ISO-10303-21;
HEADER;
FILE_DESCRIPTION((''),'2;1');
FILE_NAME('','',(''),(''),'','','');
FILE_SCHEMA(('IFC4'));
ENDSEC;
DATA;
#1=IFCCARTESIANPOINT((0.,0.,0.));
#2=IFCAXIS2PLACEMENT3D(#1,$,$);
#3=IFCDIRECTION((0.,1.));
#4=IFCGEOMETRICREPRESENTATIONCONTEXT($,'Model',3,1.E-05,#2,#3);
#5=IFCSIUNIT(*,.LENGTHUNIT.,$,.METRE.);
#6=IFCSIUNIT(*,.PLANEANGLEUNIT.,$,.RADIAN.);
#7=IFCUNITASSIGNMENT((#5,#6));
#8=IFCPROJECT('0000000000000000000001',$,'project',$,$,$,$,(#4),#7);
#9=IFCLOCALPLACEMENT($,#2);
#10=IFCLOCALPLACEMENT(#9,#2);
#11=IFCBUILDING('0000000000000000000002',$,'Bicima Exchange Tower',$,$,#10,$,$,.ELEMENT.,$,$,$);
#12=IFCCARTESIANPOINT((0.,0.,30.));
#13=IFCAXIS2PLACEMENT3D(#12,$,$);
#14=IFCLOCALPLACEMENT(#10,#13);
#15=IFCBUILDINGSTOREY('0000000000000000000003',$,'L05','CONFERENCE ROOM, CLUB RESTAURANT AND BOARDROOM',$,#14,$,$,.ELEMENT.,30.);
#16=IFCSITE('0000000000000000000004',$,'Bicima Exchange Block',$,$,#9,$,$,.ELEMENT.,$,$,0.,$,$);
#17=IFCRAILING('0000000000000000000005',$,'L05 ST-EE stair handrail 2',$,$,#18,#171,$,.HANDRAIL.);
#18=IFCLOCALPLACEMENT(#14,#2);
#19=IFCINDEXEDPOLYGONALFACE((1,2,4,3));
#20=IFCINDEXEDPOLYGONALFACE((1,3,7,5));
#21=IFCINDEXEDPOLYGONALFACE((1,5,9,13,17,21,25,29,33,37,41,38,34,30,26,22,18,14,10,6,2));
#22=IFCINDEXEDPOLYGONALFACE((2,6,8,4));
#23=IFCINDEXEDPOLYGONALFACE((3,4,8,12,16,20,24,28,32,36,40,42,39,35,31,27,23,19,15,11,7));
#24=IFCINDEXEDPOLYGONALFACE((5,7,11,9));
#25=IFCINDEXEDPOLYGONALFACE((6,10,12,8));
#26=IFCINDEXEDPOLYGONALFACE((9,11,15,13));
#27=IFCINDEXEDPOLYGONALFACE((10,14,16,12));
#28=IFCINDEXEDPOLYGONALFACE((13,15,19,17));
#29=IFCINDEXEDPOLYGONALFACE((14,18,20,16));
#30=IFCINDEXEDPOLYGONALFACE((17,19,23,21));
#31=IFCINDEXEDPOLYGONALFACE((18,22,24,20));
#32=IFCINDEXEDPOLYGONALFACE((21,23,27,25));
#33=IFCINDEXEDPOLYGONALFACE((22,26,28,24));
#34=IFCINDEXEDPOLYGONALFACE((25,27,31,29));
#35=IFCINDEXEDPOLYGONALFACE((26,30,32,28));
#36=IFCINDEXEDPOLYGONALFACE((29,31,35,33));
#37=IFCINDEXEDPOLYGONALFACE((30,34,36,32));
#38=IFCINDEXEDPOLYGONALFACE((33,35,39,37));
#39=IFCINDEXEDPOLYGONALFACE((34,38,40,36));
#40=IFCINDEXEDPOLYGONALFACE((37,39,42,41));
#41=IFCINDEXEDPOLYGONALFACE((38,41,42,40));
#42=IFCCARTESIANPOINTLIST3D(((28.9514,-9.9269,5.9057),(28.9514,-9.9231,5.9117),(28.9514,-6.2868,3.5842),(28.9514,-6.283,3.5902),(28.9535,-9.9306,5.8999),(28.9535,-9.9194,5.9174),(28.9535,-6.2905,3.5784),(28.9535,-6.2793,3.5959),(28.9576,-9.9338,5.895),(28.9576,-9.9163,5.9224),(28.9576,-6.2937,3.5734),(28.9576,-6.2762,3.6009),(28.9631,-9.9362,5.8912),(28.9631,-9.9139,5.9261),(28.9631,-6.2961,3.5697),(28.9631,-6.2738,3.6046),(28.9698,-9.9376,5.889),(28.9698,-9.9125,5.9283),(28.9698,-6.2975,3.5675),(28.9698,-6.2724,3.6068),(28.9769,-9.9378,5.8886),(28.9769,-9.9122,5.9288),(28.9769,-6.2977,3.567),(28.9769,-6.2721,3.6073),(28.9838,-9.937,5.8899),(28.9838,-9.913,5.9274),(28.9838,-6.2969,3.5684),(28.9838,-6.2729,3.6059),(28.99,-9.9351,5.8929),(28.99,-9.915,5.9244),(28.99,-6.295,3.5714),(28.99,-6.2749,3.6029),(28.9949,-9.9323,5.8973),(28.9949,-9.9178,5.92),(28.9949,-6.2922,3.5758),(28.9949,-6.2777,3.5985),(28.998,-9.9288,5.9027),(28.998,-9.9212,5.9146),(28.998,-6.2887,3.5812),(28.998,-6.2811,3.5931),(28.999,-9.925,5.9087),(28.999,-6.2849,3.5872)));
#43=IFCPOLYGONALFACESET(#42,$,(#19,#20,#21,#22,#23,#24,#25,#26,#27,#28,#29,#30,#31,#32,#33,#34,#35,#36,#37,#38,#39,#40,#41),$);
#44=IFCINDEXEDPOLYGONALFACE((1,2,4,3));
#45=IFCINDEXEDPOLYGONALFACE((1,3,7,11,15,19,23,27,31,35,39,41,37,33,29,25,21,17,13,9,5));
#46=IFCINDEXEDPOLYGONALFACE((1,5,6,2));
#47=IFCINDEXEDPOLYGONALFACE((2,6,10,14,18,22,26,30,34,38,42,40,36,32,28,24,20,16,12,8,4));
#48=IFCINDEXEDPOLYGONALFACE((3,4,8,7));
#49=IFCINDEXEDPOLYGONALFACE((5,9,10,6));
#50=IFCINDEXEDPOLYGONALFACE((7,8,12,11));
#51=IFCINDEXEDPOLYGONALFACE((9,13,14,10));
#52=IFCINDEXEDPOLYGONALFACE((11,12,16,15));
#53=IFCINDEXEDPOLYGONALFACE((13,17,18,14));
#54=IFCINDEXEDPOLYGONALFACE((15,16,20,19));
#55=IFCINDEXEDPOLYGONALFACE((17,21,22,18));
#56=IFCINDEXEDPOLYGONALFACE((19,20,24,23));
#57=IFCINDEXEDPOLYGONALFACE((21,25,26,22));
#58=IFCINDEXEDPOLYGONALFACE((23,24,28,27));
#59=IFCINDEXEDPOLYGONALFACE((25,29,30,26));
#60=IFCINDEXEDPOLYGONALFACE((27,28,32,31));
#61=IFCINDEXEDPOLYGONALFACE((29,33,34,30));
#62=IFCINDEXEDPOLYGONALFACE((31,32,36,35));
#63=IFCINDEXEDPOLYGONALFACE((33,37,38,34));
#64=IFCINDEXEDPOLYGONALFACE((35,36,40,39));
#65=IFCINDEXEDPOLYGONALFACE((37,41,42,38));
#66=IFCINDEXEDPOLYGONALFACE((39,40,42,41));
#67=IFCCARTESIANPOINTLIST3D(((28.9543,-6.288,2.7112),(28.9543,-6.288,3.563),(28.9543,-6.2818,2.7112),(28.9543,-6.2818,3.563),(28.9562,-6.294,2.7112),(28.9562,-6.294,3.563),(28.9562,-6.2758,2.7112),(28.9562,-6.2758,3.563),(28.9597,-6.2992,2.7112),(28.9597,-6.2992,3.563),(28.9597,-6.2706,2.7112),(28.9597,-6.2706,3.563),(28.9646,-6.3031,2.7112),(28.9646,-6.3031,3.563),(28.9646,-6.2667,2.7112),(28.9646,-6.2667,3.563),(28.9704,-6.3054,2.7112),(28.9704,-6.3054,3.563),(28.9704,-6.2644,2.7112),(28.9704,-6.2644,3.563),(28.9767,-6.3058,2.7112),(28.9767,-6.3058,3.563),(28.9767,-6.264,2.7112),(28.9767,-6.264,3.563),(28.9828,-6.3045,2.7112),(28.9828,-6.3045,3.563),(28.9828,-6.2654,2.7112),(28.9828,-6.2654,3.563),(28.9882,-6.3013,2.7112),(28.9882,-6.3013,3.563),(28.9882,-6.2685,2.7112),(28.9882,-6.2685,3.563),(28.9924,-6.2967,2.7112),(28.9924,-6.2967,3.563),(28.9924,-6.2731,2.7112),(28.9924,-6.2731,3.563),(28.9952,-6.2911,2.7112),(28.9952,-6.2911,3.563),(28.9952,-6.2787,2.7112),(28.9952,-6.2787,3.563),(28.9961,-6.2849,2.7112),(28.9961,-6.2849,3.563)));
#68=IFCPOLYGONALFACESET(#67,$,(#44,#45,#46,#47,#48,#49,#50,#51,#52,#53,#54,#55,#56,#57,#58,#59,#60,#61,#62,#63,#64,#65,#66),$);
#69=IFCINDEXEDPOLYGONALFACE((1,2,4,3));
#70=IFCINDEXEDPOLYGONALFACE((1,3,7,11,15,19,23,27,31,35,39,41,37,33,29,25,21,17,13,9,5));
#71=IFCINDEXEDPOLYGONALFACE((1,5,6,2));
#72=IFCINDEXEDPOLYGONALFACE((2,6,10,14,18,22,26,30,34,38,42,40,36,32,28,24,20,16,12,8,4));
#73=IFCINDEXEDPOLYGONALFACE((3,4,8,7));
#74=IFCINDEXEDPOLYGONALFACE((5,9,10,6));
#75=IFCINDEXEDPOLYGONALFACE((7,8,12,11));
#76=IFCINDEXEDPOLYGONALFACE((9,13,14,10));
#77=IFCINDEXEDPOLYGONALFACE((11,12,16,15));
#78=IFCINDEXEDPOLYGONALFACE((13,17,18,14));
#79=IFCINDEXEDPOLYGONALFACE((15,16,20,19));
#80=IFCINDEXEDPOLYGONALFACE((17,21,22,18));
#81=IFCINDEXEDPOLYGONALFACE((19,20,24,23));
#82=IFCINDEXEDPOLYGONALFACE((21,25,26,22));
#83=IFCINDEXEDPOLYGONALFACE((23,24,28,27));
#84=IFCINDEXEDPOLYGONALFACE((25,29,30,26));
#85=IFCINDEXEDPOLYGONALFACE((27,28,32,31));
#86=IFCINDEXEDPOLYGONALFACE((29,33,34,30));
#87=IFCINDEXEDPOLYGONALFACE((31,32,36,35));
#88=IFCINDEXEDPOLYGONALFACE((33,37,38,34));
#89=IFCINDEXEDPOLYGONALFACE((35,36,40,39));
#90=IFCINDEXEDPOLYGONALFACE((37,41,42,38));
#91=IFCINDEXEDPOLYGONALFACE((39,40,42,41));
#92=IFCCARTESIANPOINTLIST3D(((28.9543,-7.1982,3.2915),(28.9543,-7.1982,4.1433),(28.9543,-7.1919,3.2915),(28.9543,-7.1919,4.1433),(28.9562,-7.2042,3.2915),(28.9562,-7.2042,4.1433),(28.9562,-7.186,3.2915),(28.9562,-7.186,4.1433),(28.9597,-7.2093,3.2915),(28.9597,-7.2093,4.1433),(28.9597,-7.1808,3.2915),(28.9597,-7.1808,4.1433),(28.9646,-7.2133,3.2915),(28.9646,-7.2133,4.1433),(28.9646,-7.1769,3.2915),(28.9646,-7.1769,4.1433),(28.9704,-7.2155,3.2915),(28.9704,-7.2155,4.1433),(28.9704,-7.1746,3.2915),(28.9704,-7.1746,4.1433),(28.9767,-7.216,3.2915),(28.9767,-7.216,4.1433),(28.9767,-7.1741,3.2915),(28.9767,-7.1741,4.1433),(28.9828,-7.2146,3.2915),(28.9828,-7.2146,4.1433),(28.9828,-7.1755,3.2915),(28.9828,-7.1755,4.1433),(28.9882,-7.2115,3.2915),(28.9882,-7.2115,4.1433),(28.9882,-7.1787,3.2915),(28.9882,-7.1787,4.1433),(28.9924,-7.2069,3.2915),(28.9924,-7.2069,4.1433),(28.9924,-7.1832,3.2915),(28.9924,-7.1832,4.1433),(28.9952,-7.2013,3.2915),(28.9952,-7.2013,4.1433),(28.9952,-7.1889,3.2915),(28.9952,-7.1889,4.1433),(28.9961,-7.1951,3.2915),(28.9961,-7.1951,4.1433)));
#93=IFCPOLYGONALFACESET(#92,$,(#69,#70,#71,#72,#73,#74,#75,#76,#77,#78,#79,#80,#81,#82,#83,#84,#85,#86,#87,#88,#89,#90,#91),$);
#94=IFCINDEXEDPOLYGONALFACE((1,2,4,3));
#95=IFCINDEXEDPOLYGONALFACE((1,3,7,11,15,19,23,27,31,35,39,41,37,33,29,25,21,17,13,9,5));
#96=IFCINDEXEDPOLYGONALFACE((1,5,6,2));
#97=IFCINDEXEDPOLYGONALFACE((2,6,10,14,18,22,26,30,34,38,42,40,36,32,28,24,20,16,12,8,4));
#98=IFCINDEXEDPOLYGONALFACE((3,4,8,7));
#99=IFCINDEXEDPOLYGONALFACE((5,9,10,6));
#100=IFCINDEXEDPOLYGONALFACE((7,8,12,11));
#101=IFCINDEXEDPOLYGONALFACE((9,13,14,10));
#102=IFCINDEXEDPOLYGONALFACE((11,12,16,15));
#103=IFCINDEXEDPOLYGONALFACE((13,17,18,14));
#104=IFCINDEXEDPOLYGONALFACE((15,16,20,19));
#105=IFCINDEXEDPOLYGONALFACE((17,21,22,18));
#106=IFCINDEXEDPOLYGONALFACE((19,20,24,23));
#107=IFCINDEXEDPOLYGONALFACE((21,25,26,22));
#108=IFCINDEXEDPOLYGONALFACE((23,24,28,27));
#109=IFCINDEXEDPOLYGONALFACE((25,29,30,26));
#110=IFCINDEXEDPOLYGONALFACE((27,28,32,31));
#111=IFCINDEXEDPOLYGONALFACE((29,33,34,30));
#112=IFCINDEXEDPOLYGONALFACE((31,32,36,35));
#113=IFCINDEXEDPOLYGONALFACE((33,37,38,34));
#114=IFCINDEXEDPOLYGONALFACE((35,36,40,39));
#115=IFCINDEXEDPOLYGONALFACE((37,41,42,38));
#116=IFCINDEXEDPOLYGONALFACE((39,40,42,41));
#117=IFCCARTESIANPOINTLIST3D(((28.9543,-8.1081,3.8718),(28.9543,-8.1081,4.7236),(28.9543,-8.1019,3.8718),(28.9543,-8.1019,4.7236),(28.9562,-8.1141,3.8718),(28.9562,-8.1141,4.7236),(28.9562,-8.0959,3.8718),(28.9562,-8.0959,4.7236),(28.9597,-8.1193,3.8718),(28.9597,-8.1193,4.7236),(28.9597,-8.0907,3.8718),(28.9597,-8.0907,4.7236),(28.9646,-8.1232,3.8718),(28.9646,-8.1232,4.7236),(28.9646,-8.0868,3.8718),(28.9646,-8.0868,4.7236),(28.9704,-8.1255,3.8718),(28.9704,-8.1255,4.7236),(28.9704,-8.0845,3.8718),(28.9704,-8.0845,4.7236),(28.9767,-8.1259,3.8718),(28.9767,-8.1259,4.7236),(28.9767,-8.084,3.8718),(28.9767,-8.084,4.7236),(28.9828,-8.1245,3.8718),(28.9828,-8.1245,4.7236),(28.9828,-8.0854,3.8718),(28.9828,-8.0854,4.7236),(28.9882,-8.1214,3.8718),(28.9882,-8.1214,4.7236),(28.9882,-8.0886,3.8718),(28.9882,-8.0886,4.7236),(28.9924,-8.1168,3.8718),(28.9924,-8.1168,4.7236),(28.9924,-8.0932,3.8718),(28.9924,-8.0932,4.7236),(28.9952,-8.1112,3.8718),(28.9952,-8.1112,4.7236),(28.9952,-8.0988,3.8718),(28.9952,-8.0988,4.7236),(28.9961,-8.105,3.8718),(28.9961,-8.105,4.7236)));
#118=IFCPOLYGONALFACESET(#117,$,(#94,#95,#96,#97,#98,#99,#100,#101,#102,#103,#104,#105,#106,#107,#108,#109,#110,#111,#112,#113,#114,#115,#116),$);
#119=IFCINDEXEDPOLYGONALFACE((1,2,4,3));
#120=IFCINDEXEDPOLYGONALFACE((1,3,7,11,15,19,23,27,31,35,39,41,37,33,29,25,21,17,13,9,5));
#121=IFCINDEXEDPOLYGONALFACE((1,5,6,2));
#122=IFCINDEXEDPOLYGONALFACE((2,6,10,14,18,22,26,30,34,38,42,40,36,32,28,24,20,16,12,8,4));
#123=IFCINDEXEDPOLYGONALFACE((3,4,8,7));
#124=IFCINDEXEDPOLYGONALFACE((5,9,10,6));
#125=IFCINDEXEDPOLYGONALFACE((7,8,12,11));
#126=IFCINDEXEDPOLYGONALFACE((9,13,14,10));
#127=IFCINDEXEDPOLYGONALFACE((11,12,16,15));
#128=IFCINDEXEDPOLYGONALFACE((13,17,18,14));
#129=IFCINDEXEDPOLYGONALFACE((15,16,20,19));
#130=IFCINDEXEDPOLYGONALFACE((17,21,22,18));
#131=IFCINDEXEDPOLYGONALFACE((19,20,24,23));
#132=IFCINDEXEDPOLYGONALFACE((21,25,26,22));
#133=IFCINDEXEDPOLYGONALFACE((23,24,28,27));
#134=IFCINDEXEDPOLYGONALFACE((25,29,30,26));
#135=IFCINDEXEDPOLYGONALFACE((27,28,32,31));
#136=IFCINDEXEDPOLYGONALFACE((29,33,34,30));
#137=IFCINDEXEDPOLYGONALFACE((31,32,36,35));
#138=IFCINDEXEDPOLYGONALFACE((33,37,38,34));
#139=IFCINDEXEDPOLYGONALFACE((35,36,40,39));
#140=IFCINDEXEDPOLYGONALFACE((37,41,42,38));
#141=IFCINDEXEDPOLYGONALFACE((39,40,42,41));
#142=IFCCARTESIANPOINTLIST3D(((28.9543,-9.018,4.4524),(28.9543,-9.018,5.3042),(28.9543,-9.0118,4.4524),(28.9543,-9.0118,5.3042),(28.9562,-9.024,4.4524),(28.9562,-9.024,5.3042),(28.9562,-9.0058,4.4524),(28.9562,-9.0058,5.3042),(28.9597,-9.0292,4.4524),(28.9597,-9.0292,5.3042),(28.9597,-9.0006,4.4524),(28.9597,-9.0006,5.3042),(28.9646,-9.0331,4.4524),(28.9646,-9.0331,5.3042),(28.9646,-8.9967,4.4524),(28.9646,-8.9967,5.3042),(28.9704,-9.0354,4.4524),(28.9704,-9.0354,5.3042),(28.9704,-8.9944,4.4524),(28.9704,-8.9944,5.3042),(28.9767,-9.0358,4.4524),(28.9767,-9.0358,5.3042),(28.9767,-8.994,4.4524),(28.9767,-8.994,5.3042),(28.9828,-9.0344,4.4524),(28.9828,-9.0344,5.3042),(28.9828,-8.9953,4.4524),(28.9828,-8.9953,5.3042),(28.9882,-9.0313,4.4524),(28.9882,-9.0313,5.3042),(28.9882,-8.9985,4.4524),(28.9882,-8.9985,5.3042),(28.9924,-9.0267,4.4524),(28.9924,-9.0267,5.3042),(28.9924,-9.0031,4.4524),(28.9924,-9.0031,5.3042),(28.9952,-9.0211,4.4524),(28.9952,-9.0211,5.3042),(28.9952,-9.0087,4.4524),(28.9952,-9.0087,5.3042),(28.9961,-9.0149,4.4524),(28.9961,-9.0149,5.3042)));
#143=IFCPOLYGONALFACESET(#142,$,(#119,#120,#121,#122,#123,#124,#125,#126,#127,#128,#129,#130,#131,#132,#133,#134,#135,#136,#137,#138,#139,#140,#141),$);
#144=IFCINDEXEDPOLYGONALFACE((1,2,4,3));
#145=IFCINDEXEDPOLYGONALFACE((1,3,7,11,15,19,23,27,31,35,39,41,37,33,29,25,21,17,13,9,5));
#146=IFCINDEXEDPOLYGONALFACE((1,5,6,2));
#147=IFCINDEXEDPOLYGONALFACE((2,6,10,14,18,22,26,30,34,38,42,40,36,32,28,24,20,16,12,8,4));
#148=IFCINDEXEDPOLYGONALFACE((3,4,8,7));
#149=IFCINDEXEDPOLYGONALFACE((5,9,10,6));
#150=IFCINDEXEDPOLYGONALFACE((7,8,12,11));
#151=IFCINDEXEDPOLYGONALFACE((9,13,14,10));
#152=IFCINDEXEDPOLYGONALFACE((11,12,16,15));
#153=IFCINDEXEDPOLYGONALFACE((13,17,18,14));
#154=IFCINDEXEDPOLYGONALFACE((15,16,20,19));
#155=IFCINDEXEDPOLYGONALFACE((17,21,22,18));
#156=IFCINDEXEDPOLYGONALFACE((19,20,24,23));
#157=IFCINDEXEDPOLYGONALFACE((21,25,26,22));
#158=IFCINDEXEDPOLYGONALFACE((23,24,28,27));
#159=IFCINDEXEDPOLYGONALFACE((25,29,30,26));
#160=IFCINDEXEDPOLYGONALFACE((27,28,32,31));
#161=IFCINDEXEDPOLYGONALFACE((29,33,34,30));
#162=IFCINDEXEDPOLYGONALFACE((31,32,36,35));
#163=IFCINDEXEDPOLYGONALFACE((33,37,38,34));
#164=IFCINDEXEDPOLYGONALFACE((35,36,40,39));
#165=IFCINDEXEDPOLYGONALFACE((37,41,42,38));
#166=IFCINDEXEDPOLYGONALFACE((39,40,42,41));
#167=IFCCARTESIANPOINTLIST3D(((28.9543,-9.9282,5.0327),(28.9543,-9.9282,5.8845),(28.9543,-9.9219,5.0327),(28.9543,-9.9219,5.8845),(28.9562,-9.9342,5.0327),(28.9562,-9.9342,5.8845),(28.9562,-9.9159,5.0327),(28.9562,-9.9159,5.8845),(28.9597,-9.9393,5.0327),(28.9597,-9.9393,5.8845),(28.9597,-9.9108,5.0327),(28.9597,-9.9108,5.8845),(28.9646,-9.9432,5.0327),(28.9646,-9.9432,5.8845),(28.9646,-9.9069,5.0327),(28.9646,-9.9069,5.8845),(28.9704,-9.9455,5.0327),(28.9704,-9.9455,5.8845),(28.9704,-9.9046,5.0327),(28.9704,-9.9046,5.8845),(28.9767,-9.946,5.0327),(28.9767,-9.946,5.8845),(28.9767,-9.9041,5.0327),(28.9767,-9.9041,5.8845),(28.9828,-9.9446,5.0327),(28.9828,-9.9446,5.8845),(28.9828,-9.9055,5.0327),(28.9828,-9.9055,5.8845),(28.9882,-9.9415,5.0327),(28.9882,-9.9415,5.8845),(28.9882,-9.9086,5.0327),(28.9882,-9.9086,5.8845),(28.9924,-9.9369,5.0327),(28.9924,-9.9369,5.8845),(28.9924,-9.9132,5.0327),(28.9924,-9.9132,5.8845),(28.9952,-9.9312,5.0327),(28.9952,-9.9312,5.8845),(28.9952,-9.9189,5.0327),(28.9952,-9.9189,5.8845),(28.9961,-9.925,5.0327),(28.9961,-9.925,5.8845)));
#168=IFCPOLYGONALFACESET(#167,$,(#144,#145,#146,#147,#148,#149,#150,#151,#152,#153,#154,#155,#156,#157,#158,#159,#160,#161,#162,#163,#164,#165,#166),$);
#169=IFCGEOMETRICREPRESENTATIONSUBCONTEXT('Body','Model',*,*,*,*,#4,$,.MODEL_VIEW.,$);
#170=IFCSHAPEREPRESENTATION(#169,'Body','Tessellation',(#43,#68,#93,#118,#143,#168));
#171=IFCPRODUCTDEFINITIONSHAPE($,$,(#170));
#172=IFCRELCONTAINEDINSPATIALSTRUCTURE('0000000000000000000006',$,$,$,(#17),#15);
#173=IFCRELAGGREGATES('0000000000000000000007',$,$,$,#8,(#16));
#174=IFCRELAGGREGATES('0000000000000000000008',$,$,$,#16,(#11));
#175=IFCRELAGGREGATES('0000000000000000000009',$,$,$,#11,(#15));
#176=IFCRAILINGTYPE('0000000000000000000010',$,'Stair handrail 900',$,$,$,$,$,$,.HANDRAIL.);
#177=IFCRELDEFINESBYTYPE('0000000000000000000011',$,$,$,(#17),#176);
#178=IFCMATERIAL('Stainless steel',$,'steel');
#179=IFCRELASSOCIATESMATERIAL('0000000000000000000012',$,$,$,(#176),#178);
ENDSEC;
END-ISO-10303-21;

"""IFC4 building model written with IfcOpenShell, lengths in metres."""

from ifc_helpers import new_model, si_unit, direction, frame, origin, origin_2d, place, context, subcontext, project, spatial, circle, extrude, material, type_object, element, save


model = new_model("IFC4")

# Units and contexts
model_context = context("Model", 3, precision=1e-05, world=origin(), true_north=direction((0.0, 1.0)))
body_context = subcontext(model_context, "Body", "Model", "MODEL_VIEW")
ifc_project = project(units=[si_unit("LENGTHUNIT", "METRE"), si_unit("PLANEANGLEUNIT", "RADIAN")], contexts=[model_context])

# Site, building, storey
site_placement = place(None, origin())
site = spatial("IfcSite", under=ifc_project, at=site_placement, Name="Bicima Exchange Block", CompositionType="ELEMENT", RefElevation=0.0)
building_placement = place(site_placement, origin())
building = spatial("IfcBuilding", under=site, at=building_placement, Name="Bicima Exchange Tower", CompositionType="ELEMENT")
storey_placement = place(building_placement, frame((0.0, 0.0, 30.0)))
storey = spatial("IfcBuildingStorey", under=building, at=storey_placement, Name="L05", Description="CONFERENCE ROOM, CLUB RESTAURANT AND BOARDROOM", CompositionType="ELEMENT", Elevation=30.0)

# Railing
ifc_material_1 = material(Name="Stainless steel", Category="steel")
railing_type_1 = type_object("IfcRailingType", Name="Stair handrail 900", PredefinedType="HANDRAIL", material=ifc_material_1)
railing_1_placement = place(storey_placement, frame((28.9751, -6.2849, 2.7112)))
element("IfcRailing", 1, at=railing_1_placement, inside=storey, type_object=railing_type_1, Name="L05 ST-EE stair handrail 2", PredefinedType="HANDRAIL", context=body_context, shape_type="SweptSolid", body=[
    extrude(circle(Radius=0.0239, at=origin_2d()), frame((0.0, 0.0, 0.876), z_axis=(0.0, -0.843128, 0.537713), x_axis=(1.0, 0.0, 0.0)), (0.0, 0.0, 1.0), 4.3174),
    extrude(circle(Radius=0.021, at=origin_2d()), origin(), (0.0, 0.0, 1.0), 0.8518),
    extrude(circle(Radius=0.021, at=origin_2d()), frame((0.0, -0.9102, 0.5803)), (0.0, 0.0, 1.0), 0.8518),
    extrude(circle(Radius=0.021, at=origin_2d()), frame((0.0, -1.8201, 1.1606)), (0.0, 0.0, 1.0), 0.8518),
    extrude(circle(Radius=0.021, at=origin_2d()), frame((0.0, -2.73, 1.7412)), (0.0, 0.0, 1.0), 0.8518),
    extrude(circle(Radius=0.021, at=origin_2d()), frame((0.0, -3.6401, 2.3215)), (0.0, 0.0, 1.0), 0.8518),
])

save(model, "model.ifc")
